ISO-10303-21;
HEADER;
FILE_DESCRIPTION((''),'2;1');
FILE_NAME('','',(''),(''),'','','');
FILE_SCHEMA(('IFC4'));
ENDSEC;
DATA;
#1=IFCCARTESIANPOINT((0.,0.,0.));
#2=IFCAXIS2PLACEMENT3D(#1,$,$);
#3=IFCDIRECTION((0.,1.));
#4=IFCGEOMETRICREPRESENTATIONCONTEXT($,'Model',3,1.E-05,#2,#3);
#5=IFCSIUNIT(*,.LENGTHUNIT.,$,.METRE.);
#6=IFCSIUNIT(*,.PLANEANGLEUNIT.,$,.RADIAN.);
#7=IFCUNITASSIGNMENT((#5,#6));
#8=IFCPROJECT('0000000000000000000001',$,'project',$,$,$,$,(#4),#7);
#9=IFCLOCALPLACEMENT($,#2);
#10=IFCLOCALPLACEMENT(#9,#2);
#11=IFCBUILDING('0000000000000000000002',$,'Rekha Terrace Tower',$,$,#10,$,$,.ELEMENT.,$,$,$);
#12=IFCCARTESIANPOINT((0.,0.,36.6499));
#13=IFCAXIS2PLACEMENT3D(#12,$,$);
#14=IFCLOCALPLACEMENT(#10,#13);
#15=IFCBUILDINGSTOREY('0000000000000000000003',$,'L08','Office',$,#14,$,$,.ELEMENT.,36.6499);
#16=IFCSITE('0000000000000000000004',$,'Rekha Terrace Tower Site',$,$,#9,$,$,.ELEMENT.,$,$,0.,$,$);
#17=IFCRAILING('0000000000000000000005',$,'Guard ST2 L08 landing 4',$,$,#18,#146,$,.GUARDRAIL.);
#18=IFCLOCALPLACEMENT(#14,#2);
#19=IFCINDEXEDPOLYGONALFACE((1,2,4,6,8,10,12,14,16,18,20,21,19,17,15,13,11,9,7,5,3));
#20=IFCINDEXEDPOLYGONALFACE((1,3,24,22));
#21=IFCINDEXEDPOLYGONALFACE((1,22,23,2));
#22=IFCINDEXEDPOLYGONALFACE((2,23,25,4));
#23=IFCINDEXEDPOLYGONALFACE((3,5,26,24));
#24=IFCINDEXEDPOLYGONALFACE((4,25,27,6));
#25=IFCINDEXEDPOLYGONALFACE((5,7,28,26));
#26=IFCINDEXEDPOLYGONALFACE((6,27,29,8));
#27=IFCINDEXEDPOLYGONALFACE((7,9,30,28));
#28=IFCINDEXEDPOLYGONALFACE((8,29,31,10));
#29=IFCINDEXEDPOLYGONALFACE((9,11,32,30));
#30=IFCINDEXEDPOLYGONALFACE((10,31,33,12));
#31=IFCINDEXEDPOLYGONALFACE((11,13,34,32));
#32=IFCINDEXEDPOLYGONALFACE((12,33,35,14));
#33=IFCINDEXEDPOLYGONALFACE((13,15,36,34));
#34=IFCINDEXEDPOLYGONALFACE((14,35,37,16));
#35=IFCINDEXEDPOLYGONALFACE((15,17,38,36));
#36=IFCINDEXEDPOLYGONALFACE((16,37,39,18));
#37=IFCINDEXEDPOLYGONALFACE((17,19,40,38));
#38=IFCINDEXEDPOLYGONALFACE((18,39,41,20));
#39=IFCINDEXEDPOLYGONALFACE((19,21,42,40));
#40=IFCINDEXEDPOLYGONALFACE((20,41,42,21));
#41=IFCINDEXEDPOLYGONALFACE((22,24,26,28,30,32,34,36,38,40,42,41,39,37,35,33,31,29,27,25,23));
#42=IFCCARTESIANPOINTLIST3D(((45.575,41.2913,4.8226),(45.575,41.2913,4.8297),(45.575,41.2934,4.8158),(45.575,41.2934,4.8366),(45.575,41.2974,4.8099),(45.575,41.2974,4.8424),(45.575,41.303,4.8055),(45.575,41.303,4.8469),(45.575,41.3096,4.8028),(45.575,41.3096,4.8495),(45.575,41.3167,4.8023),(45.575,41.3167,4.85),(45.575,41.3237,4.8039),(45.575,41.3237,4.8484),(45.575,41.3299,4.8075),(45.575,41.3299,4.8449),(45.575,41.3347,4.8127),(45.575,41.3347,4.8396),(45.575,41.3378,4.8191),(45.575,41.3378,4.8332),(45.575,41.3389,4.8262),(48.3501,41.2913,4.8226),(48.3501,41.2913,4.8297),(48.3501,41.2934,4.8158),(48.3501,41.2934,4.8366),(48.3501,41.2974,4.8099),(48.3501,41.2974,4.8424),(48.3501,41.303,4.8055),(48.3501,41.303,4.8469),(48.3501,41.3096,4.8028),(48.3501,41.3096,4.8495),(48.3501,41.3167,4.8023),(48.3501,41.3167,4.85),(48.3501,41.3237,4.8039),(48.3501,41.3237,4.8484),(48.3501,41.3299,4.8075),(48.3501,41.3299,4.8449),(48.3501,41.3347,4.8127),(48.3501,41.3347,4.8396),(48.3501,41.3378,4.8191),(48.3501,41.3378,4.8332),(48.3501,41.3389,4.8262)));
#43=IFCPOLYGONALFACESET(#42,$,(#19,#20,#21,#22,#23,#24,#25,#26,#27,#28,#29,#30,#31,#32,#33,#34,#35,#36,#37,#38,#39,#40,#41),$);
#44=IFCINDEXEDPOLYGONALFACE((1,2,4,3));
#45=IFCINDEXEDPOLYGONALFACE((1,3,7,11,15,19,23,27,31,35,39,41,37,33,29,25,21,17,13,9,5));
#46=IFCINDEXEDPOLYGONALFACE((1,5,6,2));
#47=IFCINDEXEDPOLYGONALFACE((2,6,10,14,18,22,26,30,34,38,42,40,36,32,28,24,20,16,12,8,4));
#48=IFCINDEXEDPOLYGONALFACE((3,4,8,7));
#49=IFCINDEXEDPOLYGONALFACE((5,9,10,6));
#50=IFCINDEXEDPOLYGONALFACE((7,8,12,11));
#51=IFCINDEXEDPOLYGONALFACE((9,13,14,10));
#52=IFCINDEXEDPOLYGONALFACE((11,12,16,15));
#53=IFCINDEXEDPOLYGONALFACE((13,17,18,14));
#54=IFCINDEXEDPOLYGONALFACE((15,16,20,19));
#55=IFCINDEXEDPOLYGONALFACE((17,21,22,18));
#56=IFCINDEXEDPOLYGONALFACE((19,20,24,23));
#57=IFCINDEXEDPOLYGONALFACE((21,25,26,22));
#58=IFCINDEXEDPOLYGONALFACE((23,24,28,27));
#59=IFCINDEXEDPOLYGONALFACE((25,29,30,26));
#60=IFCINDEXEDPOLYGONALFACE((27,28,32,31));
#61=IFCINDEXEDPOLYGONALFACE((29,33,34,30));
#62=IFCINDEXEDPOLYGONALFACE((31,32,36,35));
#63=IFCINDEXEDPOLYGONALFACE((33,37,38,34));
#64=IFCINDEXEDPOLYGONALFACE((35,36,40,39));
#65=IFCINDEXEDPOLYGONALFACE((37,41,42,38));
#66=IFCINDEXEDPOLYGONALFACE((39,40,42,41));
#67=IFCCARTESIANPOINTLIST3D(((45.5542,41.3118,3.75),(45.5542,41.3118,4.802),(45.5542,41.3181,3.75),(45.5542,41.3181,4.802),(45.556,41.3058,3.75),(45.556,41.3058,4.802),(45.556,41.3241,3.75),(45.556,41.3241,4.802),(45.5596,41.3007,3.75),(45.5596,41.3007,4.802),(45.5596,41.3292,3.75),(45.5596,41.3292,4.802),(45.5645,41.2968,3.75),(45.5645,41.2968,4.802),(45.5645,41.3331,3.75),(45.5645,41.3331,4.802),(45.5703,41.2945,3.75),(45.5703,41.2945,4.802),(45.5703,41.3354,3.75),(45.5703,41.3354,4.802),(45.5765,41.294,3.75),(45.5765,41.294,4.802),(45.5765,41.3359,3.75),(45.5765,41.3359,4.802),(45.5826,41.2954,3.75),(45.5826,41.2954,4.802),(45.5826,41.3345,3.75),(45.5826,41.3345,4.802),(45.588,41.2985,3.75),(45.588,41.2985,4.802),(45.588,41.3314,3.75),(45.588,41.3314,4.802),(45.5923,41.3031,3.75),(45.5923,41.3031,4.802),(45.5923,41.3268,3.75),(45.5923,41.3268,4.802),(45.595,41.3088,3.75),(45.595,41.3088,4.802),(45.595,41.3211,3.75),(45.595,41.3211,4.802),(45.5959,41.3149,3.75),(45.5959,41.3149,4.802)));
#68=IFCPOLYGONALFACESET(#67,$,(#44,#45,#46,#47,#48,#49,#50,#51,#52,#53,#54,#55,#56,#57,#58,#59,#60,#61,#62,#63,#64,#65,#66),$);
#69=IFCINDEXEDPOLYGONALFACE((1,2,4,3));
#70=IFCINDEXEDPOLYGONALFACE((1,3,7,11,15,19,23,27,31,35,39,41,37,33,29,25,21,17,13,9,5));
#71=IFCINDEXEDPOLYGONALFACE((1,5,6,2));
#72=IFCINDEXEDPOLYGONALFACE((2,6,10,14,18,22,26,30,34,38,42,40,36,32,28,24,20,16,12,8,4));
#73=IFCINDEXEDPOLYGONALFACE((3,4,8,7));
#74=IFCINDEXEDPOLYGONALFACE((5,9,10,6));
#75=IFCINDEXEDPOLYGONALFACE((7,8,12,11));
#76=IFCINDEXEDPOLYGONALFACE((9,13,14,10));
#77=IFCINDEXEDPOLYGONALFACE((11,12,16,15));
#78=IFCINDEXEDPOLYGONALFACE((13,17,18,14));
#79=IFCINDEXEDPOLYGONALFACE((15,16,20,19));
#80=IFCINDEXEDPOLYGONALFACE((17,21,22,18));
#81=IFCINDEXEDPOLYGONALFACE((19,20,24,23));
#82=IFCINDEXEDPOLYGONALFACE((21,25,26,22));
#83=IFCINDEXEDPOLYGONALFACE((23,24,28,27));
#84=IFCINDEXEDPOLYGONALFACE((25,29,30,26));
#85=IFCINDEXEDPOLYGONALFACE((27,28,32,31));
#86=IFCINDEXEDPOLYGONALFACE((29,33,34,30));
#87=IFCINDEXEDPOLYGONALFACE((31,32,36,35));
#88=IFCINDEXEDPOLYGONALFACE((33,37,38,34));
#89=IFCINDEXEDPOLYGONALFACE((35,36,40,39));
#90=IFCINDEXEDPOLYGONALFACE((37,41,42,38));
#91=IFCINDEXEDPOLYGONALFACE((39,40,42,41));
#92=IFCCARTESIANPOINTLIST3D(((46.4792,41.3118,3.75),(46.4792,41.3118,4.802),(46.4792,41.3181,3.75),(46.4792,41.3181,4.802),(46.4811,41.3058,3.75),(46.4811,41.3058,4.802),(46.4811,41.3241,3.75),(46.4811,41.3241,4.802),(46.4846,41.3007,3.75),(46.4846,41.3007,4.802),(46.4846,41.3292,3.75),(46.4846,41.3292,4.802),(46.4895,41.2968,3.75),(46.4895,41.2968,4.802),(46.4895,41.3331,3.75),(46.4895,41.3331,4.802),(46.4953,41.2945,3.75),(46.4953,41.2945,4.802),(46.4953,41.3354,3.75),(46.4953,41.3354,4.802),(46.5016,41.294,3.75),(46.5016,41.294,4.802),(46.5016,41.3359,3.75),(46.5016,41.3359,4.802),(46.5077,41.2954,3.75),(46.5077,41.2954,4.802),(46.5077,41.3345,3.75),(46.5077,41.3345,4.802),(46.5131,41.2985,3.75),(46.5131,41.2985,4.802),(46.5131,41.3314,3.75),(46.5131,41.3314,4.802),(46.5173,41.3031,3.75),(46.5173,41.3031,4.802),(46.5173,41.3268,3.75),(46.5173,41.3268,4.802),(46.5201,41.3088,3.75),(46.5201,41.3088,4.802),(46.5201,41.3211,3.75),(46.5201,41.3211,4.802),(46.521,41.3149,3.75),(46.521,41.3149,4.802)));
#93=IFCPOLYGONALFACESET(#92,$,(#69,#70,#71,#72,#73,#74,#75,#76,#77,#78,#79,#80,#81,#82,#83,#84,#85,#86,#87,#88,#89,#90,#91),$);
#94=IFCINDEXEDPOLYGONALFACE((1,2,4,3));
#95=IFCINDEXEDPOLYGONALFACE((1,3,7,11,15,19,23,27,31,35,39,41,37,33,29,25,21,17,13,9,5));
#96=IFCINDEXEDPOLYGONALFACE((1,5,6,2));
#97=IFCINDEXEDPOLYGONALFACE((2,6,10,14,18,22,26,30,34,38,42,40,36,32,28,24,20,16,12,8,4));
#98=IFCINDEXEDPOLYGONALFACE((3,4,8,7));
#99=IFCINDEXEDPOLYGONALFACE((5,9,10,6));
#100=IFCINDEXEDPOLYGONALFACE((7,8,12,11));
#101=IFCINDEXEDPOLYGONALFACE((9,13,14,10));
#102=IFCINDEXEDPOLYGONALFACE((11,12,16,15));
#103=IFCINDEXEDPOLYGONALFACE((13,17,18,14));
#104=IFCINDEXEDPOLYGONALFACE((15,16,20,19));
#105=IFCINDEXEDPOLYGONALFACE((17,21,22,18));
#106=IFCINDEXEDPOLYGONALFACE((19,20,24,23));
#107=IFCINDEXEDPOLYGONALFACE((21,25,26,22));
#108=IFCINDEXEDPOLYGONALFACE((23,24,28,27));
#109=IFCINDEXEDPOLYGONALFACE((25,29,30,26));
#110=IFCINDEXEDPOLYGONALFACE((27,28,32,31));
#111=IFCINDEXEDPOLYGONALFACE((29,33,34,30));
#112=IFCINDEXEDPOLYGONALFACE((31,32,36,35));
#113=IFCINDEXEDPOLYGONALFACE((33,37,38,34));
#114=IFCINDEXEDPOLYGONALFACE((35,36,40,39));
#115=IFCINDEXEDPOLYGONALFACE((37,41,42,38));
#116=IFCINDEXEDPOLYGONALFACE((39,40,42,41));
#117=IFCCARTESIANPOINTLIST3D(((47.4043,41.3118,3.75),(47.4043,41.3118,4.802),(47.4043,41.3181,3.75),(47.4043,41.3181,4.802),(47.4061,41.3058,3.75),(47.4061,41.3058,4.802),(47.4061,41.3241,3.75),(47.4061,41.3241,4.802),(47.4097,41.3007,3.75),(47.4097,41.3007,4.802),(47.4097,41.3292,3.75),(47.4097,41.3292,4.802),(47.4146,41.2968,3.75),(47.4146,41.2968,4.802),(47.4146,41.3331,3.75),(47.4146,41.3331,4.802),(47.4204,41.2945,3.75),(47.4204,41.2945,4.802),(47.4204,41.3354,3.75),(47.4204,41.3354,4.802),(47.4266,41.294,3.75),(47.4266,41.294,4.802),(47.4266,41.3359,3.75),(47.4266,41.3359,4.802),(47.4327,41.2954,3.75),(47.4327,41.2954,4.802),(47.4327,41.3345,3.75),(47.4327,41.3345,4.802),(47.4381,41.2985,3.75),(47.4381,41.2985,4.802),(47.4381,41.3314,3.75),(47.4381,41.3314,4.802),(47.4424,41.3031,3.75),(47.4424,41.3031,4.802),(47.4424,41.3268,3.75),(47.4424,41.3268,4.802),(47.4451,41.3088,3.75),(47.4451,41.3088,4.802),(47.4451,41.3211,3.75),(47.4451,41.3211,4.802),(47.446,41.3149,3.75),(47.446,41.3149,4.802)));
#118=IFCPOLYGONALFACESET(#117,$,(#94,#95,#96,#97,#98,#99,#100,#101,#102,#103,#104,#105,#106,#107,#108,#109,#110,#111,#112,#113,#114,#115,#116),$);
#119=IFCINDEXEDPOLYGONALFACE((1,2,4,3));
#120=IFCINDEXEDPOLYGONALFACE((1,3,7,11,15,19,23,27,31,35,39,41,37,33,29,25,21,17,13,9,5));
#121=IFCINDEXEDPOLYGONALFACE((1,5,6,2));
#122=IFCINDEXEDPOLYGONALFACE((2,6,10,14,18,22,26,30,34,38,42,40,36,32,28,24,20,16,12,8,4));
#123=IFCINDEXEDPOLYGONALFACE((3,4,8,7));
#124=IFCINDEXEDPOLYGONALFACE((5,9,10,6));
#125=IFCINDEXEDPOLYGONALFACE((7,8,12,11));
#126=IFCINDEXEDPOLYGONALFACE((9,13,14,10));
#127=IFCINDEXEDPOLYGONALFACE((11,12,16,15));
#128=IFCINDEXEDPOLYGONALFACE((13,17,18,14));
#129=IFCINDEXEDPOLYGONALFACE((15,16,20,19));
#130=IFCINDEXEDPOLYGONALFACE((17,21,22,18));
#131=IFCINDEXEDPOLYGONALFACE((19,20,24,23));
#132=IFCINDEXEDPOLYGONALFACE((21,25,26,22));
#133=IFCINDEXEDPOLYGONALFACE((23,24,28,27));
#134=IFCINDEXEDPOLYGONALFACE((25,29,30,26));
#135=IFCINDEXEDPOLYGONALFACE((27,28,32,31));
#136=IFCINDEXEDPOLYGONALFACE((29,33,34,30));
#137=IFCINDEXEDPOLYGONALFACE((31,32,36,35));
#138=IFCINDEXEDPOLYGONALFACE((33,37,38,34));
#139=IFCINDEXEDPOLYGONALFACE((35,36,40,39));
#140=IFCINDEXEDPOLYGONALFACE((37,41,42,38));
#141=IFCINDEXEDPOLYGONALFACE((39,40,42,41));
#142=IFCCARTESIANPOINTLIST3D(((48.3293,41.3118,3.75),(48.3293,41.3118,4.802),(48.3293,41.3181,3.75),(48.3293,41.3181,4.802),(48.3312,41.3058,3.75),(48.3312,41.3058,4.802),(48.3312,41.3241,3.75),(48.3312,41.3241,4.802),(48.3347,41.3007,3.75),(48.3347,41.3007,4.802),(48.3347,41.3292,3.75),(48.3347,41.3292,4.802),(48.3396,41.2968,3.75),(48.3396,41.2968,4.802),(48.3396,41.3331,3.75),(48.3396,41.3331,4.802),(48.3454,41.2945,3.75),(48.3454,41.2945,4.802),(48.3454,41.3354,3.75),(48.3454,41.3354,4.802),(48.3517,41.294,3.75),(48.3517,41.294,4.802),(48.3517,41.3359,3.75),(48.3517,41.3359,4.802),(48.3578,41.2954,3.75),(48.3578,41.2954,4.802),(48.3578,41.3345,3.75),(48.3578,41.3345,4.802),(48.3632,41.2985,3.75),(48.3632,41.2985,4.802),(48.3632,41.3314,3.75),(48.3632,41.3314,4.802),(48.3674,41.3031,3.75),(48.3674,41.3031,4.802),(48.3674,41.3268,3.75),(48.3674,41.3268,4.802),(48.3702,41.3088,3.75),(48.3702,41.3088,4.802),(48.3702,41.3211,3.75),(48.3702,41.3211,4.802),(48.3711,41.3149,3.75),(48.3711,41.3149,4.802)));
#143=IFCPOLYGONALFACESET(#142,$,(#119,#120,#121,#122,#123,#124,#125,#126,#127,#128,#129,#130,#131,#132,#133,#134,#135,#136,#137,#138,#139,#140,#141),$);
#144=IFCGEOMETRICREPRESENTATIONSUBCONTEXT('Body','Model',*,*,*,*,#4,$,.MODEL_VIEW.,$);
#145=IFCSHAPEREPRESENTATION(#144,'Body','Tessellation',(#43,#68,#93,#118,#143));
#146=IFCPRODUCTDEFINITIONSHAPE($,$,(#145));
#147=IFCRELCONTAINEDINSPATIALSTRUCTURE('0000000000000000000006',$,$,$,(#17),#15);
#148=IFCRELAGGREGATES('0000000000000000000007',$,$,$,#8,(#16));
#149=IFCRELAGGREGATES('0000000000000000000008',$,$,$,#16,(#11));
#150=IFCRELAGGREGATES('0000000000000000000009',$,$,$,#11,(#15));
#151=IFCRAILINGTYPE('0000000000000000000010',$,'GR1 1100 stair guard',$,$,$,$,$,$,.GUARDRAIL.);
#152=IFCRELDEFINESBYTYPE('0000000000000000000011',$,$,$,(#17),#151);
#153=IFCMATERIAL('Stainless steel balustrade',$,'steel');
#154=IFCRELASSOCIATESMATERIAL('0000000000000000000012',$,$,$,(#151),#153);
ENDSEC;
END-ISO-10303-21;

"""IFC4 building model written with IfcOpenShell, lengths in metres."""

from ifc_helpers import new_model, si_unit, direction, frame, origin, origin_2d, place, context, subcontext, project, spatial, circle, extrude, material, type_object, element, save


model = new_model("IFC4")

# Units and contexts
model_context = context("Model", 3, precision=1e-05, world=origin(), true_north=direction((0.0, 1.0)))
body_context = subcontext(model_context, "Body", "Model", "MODEL_VIEW")
ifc_project = project(units=[si_unit("LENGTHUNIT", "METRE"), si_unit("PLANEANGLEUNIT", "RADIAN")], contexts=[model_context])

# Site, building, storey
site_placement = place(None, origin())
site = spatial("IfcSite", under=ifc_project, at=site_placement, Name="Rekha Terrace Tower Site", CompositionType="ELEMENT", RefElevation=0.0)
building_placement = place(site_placement, origin())
building = spatial("IfcBuilding", under=site, at=building_placement, Name="Rekha Terrace Tower", CompositionType="ELEMENT")
storey_placement = place(building_placement, frame((0.0, 0.0, 36.6499)))
storey = spatial("IfcBuildingStorey", under=building, at=storey_placement, Name="L08", Description="Office", CompositionType="ELEMENT", Elevation=36.6499)

# Railing
ifc_material_1 = material(Name="Stainless steel balustrade", Category="steel")
railing_type_1 = type_object("IfcRailingType", Name="GR1 1100 stair guard", PredefinedType="GUARDRAIL", material=ifc_material_1)
railing_1_placement = place(storey_placement, frame((45.575, 41.3149, 3.75)))
element("IfcRailing", 1, at=railing_1_placement, inside=storey, type_object=railing_type_1, Name="Guard ST2 L08 landing 4", PredefinedType="GUARDRAIL", context=body_context, shape_type="SweptSolid", body=[
    extrude(circle(Radius=0.0239, at=origin_2d()), frame((0.0, 0.0, 1.0762), z_axis=(1.0, 0.0, 0.0), x_axis=(0.0, 1.0, 0.0)), (0.0, 0.0, 1.0), 2.7751),
    extrude(circle(Radius=0.021, at=origin_2d()), origin(), (0.0, 0.0, 1.0), 1.052),
    extrude(circle(Radius=0.021, at=origin_2d()), frame((0.925, 0.0, 0.0)), (0.0, 0.0, 1.0), 1.052),
    extrude(circle(Radius=0.021, at=origin_2d()), frame((1.8501, 0.0, 0.0)), (0.0, 0.0, 1.0), 1.052),
    extrude(circle(Radius=0.021, at=origin_2d()), frame((2.7751, 0.0, 0.0)), (0.0, 0.0, 1.0), 1.052),
])

save(model, "model.ifc")
